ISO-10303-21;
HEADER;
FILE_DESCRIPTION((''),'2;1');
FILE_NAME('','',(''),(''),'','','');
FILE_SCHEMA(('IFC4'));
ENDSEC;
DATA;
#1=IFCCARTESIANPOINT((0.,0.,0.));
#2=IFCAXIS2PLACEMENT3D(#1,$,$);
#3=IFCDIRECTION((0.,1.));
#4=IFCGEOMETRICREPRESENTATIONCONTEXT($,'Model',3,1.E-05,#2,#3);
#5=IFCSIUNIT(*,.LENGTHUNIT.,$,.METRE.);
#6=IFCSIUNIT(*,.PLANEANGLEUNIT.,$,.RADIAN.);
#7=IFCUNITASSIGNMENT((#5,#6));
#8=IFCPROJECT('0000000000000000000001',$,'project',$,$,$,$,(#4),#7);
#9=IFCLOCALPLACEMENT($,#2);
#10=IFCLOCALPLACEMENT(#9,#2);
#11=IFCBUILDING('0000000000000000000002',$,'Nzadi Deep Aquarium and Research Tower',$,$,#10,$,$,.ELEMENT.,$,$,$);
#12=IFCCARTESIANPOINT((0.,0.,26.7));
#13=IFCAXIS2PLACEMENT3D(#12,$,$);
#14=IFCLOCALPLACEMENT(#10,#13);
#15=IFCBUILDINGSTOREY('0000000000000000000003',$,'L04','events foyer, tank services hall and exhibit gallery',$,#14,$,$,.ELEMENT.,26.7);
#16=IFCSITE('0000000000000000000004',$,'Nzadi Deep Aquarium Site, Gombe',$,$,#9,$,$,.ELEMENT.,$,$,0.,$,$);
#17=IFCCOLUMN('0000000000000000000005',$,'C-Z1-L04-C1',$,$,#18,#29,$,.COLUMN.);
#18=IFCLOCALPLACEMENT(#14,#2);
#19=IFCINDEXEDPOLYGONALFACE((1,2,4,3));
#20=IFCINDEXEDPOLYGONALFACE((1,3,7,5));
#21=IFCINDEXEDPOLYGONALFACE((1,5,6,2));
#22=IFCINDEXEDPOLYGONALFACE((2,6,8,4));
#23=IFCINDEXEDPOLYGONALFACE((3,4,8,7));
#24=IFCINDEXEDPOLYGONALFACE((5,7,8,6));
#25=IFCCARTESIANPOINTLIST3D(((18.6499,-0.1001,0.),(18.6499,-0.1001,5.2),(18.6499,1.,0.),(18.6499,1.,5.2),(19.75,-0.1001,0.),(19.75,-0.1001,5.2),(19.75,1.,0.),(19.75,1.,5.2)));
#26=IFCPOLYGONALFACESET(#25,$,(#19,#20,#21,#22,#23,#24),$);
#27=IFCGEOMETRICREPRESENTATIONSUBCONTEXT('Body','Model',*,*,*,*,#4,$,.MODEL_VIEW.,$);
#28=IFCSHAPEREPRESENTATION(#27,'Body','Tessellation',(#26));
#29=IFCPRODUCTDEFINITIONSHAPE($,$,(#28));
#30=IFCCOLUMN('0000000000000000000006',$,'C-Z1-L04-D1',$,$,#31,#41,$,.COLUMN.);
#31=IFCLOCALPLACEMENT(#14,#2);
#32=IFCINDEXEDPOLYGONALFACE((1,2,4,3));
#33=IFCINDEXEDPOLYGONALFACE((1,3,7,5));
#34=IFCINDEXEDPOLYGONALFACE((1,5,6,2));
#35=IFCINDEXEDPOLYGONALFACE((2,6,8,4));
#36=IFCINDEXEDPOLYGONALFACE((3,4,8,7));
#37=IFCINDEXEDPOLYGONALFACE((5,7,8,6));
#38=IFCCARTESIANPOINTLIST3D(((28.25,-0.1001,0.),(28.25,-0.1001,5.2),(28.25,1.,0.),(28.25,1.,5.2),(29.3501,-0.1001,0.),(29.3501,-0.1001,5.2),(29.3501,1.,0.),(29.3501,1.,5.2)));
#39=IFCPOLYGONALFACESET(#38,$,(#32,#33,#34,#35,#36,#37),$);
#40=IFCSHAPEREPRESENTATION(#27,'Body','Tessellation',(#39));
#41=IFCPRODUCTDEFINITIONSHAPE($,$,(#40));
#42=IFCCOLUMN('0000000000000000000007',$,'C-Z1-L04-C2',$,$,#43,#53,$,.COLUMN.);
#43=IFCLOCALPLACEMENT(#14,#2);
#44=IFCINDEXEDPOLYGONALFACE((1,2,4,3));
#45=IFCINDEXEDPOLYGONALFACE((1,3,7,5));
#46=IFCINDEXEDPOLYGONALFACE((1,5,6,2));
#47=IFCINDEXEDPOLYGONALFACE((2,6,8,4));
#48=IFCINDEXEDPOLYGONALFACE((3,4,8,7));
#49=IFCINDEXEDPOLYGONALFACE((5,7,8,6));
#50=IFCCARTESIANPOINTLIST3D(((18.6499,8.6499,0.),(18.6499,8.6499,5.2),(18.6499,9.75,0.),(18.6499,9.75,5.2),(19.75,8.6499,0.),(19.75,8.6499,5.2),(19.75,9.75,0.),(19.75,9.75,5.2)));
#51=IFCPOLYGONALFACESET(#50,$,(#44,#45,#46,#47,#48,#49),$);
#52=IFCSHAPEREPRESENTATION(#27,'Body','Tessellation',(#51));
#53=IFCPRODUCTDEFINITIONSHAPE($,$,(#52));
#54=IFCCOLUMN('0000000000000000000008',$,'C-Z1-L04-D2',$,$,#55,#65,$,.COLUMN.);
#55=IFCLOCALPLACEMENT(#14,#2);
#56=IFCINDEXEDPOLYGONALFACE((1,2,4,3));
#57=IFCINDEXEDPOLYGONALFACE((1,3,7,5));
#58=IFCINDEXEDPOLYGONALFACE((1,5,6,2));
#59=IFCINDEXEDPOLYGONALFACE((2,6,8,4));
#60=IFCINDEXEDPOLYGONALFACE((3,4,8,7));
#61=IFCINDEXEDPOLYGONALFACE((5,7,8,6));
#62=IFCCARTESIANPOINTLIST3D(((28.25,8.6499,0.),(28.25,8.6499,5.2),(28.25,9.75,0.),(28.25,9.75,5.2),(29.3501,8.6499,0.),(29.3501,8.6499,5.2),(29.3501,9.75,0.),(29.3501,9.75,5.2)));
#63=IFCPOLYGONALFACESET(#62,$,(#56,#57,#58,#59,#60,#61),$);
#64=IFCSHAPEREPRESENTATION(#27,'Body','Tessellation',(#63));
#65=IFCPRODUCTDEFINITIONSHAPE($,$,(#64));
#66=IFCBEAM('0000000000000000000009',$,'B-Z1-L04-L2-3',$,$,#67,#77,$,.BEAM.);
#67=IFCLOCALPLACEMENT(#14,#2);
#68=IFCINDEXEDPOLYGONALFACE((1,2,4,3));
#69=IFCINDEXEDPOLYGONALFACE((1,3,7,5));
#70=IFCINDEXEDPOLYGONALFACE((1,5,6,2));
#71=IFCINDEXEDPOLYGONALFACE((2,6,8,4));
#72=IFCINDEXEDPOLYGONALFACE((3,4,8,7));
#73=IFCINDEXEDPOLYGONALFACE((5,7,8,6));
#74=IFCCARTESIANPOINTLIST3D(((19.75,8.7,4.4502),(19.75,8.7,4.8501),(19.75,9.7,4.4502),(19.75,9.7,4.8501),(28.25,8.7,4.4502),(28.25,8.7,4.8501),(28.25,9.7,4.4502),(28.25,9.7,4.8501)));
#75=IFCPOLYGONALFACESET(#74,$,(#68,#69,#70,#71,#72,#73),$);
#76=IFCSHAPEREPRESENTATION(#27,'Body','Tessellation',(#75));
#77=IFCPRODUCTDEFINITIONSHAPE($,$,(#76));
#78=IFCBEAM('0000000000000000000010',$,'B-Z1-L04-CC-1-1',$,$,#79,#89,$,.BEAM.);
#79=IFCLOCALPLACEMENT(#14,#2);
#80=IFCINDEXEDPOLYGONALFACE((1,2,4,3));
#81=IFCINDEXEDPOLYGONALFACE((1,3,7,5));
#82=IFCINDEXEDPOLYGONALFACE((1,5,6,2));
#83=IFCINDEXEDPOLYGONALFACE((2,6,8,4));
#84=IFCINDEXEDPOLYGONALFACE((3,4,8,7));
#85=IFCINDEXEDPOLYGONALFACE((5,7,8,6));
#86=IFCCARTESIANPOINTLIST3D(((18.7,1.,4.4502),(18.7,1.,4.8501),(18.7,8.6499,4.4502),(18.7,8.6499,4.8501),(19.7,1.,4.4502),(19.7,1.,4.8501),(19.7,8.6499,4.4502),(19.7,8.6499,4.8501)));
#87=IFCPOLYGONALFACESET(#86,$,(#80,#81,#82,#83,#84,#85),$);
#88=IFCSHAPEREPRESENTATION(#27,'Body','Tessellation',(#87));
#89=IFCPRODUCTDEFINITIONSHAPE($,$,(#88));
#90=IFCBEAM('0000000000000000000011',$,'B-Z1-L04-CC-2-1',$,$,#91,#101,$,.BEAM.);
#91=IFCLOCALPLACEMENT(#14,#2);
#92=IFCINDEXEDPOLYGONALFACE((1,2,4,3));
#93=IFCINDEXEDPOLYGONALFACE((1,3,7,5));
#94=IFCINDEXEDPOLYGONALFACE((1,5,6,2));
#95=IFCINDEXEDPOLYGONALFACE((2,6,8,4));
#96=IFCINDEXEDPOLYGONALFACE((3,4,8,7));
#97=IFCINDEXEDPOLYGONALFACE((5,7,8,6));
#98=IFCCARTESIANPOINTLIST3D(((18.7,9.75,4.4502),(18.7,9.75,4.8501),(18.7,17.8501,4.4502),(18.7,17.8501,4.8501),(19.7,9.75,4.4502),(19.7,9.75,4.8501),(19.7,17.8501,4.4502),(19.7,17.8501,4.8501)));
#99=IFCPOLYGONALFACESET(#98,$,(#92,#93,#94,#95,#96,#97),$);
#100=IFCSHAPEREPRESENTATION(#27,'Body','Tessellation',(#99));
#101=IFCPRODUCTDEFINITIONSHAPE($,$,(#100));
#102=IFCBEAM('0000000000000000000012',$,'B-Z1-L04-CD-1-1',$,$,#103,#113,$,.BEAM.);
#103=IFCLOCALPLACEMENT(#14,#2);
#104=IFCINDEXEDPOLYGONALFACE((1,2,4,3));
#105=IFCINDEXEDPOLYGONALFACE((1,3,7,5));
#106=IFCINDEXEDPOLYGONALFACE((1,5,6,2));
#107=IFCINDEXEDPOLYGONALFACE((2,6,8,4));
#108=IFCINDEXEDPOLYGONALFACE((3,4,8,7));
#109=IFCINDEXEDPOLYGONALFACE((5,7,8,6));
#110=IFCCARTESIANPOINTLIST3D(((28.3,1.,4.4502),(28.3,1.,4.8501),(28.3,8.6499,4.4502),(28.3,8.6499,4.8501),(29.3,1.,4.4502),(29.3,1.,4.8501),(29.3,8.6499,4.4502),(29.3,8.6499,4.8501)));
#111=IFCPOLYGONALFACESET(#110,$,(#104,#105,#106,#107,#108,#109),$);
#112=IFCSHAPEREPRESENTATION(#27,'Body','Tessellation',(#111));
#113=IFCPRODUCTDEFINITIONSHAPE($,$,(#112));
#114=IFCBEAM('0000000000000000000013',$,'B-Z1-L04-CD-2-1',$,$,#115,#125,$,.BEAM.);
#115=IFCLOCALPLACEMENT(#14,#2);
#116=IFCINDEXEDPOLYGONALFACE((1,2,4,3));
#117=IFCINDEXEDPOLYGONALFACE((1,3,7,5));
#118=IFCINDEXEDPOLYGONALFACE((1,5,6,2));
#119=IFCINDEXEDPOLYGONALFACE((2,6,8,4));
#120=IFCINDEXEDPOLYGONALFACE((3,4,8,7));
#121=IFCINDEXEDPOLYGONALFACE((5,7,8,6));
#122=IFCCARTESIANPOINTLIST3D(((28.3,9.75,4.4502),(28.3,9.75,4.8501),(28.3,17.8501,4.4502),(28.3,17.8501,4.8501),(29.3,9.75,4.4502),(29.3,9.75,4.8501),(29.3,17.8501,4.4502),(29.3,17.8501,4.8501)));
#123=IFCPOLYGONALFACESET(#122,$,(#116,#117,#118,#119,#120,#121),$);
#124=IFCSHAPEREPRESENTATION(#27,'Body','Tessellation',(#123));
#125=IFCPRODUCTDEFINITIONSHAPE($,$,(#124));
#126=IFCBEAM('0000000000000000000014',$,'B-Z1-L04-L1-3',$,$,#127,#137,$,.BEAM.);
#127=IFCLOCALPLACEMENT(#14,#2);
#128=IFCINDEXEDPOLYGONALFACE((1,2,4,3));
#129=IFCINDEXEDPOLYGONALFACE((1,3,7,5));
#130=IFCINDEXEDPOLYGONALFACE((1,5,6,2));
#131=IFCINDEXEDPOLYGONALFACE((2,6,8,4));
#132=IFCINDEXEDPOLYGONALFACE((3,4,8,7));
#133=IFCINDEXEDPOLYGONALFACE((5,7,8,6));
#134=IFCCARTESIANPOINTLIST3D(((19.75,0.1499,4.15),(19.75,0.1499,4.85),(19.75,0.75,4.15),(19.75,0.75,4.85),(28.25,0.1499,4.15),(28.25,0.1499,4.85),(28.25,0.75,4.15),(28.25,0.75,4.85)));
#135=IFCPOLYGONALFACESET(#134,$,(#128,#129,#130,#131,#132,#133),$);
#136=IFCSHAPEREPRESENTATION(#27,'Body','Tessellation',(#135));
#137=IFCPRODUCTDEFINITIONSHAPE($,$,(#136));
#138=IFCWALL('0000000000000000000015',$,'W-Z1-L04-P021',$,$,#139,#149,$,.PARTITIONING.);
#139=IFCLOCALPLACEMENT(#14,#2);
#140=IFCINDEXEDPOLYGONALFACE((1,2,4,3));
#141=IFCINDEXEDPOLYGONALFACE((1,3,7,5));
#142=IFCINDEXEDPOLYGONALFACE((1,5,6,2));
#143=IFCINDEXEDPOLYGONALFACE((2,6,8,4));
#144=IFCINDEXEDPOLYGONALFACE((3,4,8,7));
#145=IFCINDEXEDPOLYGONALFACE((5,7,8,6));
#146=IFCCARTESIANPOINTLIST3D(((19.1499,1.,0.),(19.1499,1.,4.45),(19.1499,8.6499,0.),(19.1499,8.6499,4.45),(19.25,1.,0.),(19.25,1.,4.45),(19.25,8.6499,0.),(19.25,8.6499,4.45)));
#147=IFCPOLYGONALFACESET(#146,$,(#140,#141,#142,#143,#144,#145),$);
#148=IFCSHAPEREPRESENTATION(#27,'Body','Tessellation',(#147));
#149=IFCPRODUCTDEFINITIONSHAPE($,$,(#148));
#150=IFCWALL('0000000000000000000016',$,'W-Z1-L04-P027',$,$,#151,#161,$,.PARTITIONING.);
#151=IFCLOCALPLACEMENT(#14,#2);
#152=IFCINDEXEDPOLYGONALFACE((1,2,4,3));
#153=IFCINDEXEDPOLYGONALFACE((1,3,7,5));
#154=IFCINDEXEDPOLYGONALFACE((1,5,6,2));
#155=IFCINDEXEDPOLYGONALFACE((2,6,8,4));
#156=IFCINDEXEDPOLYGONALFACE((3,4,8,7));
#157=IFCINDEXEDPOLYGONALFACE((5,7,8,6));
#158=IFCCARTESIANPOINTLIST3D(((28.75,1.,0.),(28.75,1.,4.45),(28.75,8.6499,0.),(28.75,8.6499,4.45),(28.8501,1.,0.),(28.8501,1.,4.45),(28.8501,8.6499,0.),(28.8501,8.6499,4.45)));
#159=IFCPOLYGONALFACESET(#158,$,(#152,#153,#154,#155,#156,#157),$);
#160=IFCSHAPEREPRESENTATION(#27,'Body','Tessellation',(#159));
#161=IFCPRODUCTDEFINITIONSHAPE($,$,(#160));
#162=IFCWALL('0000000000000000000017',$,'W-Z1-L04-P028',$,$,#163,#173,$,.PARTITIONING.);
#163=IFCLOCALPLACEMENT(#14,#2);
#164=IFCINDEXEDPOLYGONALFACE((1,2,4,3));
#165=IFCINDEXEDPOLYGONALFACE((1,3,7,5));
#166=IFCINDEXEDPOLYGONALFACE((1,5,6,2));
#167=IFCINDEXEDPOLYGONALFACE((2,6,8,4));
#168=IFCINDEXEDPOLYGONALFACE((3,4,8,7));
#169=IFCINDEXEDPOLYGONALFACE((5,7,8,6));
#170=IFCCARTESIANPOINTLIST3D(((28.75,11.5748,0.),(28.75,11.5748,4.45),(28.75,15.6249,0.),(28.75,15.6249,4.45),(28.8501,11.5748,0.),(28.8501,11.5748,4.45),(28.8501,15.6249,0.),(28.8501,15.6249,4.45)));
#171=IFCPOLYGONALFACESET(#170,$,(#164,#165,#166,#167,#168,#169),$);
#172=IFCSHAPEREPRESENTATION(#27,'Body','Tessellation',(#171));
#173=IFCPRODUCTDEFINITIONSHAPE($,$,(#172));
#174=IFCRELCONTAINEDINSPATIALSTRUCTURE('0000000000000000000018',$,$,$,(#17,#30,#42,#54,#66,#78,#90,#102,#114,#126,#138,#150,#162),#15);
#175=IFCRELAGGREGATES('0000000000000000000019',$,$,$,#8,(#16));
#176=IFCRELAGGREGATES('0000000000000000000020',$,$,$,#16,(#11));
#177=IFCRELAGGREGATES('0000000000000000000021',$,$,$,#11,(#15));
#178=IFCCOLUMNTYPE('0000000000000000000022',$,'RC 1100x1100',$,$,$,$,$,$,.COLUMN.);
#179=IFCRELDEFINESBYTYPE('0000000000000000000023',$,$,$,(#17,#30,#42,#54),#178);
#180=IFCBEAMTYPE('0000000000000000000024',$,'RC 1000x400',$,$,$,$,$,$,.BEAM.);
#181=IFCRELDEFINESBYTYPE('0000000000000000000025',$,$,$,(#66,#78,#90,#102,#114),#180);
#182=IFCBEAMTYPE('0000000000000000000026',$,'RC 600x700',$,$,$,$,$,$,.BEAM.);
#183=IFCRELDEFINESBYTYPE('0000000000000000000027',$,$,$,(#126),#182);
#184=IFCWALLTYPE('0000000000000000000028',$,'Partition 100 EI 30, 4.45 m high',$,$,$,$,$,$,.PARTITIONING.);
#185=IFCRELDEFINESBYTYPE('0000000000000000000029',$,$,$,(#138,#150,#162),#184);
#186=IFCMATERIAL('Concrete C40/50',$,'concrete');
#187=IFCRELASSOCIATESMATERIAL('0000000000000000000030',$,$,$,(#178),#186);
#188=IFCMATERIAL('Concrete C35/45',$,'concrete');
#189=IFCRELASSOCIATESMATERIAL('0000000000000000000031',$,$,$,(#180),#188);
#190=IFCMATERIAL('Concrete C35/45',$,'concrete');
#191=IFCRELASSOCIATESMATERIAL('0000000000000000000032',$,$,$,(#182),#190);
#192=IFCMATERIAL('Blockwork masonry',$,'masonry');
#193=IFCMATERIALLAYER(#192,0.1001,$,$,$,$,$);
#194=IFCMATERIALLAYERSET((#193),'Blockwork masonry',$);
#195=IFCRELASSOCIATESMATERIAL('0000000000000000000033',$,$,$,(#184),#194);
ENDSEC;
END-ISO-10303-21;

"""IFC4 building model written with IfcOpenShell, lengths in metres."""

from ifc_helpers import new_model, si_unit, direction, frame, frame_2d, origin, origin_2d, place, context, subcontext, project, spatial, rectangle, extrude, material, layer, layer_set, material_profile, profile_set, type_object, element, save


model = new_model("IFC4")

# Units and contexts
model_context = context("Model", 3, precision=1e-05, world=origin(), true_north=direction((0.0, 1.0)))
body_context = subcontext(model_context, "Body", "Model", "MODEL_VIEW")
ifc_project = project(units=[si_unit("LENGTHUNIT", "METRE"), si_unit("PLANEANGLEUNIT", "RADIAN")], contexts=[model_context])

# Site, building, storey
site_placement = place(None, origin())
site = spatial("IfcSite", under=ifc_project, at=site_placement, Name="Nzadi Deep Aquarium Site, Gombe", CompositionType="ELEMENT", RefElevation=0.0)
building_placement = place(site_placement, origin())
building = spatial("IfcBuilding", under=site, at=building_placement, Name="Nzadi Deep Aquarium and Research Tower", CompositionType="ELEMENT")
storey_placement = place(building_placement, frame((0.0, 0.0, 26.7)))
storey = spatial("IfcBuildingStorey", under=building, at=storey_placement, Name="L04", Description="events foyer, tank services hall and exhibit gallery", CompositionType="ELEMENT", Elevation=26.7)

# Columns
ifc_material_1 = material(Name="Concrete C40/50", Category="concrete")
ifc_material_profile_1 = material_profile(ifc_material_1, rectangle(XDim=1.1001, YDim=1.1001, at=origin_2d()))
ifc_profile_set_1 = profile_set([ifc_material_profile_1], Name="Concrete C40/50")
column_type = type_object("IfcColumnType", Name="RC 1100x1100", PredefinedType="COLUMN", material=ifc_profile_set_1)
for number, where, z_axis, x_axis, name in (
    (1, (19.2, 0.45, 0.0), (0.0, 0.0, 1.0), (1.0, 0.0, 0.0), "C-Z1-L04-C1"),
    (2, (28.8, 0.45, 0.0), (0.0, 0.0, 1.0), (1.0, 0.0, 0.0), "C-Z1-L04-D1"),
    (3, (19.2, 9.2, 0.0), (0.0, 0.0, 1.0), (1.0, 0.0, 0.0), "C-Z1-L04-C2"),
    (4, (28.8, 9.2, 0.0), (0.0, 0.0, 1.0), (1.0, 0.0, 0.0), "C-Z1-L04-D2"),
):
    element("IfcColumn", number, at=place(storey_placement, frame(where, z_axis=z_axis, x_axis=x_axis)), inside=storey, type_object=column_type, Name=name, PredefinedType="COLUMN", context=body_context, shape_type="SweptSolid", body=[
        extrude(rectangle(XDim=1.1001, YDim=1.1001, at=origin_2d()), origin(), (0.0, 0.0, 1.0), 5.2),
    ])

# Beams
ifc_material_2 = material(Name="Concrete C35/45", Category="concrete")
ifc_material_profile_2 = material_profile(ifc_material_2, rectangle(XDim=1.0, YDim=0.3999, at=origin_2d()))
ifc_profile_set_2 = profile_set([ifc_material_profile_2], Name="Concrete C35/45")
beam_type_1 = type_object("IfcBeamType", Name="RC 1000x400", PredefinedType="BEAM", material=ifc_profile_set_2)
beam_1_placement = place(storey_placement, frame((19.75, 9.2, 4.6501), z_axis=(1.0, 0.0, 0.0), x_axis=(0.0, 1.0, 0.0)))
element("IfcBeam", 5, at=beam_1_placement, inside=storey, type_object=beam_type_1, Name="B-Z1-L04-L2-3", PredefinedType="BEAM", context=body_context, shape_type="SweptSolid", body=[
    extrude(rectangle(XDim=1.0, YDim=0.3999, at=origin_2d()), origin(), (0.0, 0.0, 1.0), 8.5),
])
beam_2_placement = place(storey_placement, frame((19.2, 1.0, 4.6501), z_axis=(0.0, 1.0, 0.0), x_axis=(-1.0, 0.0, 0.0)))
element("IfcBeam", 6, at=beam_2_placement, inside=storey, type_object=beam_type_1, Name="B-Z1-L04-CC-1-1", PredefinedType="BEAM", context=body_context, shape_type="SweptSolid", body=[
    extrude(rectangle(XDim=1.0, YDim=0.3999, at=origin_2d()), origin(), (0.0, 0.0, 1.0), 7.6499),
])
beam_3_placement = place(storey_placement, frame((19.2, 9.75, 4.6501), z_axis=(0.0, 1.0, 0.0), x_axis=(-1.0, 0.0, 0.0)))
element("IfcBeam", 7, at=beam_3_placement, inside=storey, type_object=beam_type_1, Name="B-Z1-L04-CC-2-1", PredefinedType="BEAM", context=body_context, shape_type="SweptSolid", body=[
    extrude(rectangle(XDim=1.0, YDim=0.3999, at=origin_2d()), origin(), (0.0, 0.0, 1.0), 8.1001),
])
beam_4_placement = place(storey_placement, frame((28.8, 1.0, 4.6501), z_axis=(0.0, 1.0, 0.0), x_axis=(-1.0, 0.0, 0.0)))
element("IfcBeam", 8, at=beam_4_placement, inside=storey, type_object=beam_type_1, Name="B-Z1-L04-CD-1-1", PredefinedType="BEAM", context=body_context, shape_type="SweptSolid", body=[
    extrude(rectangle(XDim=1.0, YDim=0.3999, at=origin_2d()), origin(), (0.0, 0.0, 1.0), 7.6499),
])
beam_5_placement = place(storey_placement, frame((28.8, 9.75, 4.6501), z_axis=(0.0, 1.0, 0.0), x_axis=(-1.0, 0.0, 0.0)))
element("IfcBeam", 9, at=beam_5_placement, inside=storey, type_object=beam_type_1, Name="B-Z1-L04-CD-2-1", PredefinedType="BEAM", context=body_context, shape_type="SweptSolid", body=[
    extrude(rectangle(XDim=1.0, YDim=0.3999, at=origin_2d()), origin(), (0.0, 0.0, 1.0), 8.1001),
])
ifc_material_3 = material(Name="Concrete C35/45", Category="concrete")
ifc_material_profile_3 = material_profile(ifc_material_3, rectangle(XDim=0.6001, YDim=0.7, at=origin_2d()))
ifc_profile_set_3 = profile_set([ifc_material_profile_3], Name="Concrete C35/45")
beam_type_2 = type_object("IfcBeamType", Name="RC 600x700", PredefinedType="BEAM", material=ifc_profile_set_3)
beam_6_placement = place(storey_placement, frame((19.75, 0.45, 4.5), z_axis=(1.0, 0.0, 0.0), x_axis=(0.0, 1.0, 0.0)))
element("IfcBeam", 10, at=beam_6_placement, inside=storey, type_object=beam_type_2, Name="B-Z1-L04-L1-3", PredefinedType="BEAM", context=body_context, shape_type="SweptSolid", body=[
    extrude(rectangle(XDim=0.6001, YDim=0.7, at=origin_2d()), origin(), (0.0, 0.0, 1.0), 8.5),
])

# Walls
ifc_material_4 = material(Name="Blockwork masonry", Category="masonry")
ifc_layer_1 = layer(ifc_material_4, 0.1001)
ifc_layer_set_1 = layer_set([ifc_layer_1], Name="Blockwork masonry")
wall_type_1 = type_object("IfcWallType", Name="Partition 100 EI 30, 4.45 m high", PredefinedType="PARTITIONING", material=ifc_layer_set_1)
for number, where, z_axis, x_axis, name in (
    (11, (19.2, 1.0, 0.0), (0.0, 0.0, 1.0), (0.0, 1.0, 0.0), "W-Z1-L04-P021"),
    (12, (28.8, 1.0, 0.0), (0.0, 0.0, 1.0), (0.0, 1.0, 0.0), "W-Z1-L04-P027"),
):
    element("IfcWall", number, at=place(storey_placement, frame(where, z_axis=z_axis, x_axis=x_axis)), inside=storey, type_object=wall_type_1, Name=name, PredefinedType="PARTITIONING", context=body_context, shape_type="SweptSolid", body=[
        extrude(rectangle(XDim=7.6499, YDim=0.1001, at=frame_2d((3.825, 0.0))), origin(), (0.0, 0.0, 1.0), 4.45),
    ])
wall_1_placement = place(storey_placement, frame((28.8, 11.575, 0.0), z_axis=(0.0, 0.0, 1.0), x_axis=(0.0, 1.0, 0.0)))
element("IfcWall", 13, at=wall_1_placement, inside=storey, type_object=wall_type_1, Name="W-Z1-L04-P028", PredefinedType="PARTITIONING", context=body_context, shape_type="SweptSolid", body=[
    extrude(rectangle(XDim=4.05, YDim=0.1001, at=frame_2d((2.0249, 0.0))), origin(), (0.0, 0.0, 1.0), 4.45),
])

save(model, "model.ifc")
